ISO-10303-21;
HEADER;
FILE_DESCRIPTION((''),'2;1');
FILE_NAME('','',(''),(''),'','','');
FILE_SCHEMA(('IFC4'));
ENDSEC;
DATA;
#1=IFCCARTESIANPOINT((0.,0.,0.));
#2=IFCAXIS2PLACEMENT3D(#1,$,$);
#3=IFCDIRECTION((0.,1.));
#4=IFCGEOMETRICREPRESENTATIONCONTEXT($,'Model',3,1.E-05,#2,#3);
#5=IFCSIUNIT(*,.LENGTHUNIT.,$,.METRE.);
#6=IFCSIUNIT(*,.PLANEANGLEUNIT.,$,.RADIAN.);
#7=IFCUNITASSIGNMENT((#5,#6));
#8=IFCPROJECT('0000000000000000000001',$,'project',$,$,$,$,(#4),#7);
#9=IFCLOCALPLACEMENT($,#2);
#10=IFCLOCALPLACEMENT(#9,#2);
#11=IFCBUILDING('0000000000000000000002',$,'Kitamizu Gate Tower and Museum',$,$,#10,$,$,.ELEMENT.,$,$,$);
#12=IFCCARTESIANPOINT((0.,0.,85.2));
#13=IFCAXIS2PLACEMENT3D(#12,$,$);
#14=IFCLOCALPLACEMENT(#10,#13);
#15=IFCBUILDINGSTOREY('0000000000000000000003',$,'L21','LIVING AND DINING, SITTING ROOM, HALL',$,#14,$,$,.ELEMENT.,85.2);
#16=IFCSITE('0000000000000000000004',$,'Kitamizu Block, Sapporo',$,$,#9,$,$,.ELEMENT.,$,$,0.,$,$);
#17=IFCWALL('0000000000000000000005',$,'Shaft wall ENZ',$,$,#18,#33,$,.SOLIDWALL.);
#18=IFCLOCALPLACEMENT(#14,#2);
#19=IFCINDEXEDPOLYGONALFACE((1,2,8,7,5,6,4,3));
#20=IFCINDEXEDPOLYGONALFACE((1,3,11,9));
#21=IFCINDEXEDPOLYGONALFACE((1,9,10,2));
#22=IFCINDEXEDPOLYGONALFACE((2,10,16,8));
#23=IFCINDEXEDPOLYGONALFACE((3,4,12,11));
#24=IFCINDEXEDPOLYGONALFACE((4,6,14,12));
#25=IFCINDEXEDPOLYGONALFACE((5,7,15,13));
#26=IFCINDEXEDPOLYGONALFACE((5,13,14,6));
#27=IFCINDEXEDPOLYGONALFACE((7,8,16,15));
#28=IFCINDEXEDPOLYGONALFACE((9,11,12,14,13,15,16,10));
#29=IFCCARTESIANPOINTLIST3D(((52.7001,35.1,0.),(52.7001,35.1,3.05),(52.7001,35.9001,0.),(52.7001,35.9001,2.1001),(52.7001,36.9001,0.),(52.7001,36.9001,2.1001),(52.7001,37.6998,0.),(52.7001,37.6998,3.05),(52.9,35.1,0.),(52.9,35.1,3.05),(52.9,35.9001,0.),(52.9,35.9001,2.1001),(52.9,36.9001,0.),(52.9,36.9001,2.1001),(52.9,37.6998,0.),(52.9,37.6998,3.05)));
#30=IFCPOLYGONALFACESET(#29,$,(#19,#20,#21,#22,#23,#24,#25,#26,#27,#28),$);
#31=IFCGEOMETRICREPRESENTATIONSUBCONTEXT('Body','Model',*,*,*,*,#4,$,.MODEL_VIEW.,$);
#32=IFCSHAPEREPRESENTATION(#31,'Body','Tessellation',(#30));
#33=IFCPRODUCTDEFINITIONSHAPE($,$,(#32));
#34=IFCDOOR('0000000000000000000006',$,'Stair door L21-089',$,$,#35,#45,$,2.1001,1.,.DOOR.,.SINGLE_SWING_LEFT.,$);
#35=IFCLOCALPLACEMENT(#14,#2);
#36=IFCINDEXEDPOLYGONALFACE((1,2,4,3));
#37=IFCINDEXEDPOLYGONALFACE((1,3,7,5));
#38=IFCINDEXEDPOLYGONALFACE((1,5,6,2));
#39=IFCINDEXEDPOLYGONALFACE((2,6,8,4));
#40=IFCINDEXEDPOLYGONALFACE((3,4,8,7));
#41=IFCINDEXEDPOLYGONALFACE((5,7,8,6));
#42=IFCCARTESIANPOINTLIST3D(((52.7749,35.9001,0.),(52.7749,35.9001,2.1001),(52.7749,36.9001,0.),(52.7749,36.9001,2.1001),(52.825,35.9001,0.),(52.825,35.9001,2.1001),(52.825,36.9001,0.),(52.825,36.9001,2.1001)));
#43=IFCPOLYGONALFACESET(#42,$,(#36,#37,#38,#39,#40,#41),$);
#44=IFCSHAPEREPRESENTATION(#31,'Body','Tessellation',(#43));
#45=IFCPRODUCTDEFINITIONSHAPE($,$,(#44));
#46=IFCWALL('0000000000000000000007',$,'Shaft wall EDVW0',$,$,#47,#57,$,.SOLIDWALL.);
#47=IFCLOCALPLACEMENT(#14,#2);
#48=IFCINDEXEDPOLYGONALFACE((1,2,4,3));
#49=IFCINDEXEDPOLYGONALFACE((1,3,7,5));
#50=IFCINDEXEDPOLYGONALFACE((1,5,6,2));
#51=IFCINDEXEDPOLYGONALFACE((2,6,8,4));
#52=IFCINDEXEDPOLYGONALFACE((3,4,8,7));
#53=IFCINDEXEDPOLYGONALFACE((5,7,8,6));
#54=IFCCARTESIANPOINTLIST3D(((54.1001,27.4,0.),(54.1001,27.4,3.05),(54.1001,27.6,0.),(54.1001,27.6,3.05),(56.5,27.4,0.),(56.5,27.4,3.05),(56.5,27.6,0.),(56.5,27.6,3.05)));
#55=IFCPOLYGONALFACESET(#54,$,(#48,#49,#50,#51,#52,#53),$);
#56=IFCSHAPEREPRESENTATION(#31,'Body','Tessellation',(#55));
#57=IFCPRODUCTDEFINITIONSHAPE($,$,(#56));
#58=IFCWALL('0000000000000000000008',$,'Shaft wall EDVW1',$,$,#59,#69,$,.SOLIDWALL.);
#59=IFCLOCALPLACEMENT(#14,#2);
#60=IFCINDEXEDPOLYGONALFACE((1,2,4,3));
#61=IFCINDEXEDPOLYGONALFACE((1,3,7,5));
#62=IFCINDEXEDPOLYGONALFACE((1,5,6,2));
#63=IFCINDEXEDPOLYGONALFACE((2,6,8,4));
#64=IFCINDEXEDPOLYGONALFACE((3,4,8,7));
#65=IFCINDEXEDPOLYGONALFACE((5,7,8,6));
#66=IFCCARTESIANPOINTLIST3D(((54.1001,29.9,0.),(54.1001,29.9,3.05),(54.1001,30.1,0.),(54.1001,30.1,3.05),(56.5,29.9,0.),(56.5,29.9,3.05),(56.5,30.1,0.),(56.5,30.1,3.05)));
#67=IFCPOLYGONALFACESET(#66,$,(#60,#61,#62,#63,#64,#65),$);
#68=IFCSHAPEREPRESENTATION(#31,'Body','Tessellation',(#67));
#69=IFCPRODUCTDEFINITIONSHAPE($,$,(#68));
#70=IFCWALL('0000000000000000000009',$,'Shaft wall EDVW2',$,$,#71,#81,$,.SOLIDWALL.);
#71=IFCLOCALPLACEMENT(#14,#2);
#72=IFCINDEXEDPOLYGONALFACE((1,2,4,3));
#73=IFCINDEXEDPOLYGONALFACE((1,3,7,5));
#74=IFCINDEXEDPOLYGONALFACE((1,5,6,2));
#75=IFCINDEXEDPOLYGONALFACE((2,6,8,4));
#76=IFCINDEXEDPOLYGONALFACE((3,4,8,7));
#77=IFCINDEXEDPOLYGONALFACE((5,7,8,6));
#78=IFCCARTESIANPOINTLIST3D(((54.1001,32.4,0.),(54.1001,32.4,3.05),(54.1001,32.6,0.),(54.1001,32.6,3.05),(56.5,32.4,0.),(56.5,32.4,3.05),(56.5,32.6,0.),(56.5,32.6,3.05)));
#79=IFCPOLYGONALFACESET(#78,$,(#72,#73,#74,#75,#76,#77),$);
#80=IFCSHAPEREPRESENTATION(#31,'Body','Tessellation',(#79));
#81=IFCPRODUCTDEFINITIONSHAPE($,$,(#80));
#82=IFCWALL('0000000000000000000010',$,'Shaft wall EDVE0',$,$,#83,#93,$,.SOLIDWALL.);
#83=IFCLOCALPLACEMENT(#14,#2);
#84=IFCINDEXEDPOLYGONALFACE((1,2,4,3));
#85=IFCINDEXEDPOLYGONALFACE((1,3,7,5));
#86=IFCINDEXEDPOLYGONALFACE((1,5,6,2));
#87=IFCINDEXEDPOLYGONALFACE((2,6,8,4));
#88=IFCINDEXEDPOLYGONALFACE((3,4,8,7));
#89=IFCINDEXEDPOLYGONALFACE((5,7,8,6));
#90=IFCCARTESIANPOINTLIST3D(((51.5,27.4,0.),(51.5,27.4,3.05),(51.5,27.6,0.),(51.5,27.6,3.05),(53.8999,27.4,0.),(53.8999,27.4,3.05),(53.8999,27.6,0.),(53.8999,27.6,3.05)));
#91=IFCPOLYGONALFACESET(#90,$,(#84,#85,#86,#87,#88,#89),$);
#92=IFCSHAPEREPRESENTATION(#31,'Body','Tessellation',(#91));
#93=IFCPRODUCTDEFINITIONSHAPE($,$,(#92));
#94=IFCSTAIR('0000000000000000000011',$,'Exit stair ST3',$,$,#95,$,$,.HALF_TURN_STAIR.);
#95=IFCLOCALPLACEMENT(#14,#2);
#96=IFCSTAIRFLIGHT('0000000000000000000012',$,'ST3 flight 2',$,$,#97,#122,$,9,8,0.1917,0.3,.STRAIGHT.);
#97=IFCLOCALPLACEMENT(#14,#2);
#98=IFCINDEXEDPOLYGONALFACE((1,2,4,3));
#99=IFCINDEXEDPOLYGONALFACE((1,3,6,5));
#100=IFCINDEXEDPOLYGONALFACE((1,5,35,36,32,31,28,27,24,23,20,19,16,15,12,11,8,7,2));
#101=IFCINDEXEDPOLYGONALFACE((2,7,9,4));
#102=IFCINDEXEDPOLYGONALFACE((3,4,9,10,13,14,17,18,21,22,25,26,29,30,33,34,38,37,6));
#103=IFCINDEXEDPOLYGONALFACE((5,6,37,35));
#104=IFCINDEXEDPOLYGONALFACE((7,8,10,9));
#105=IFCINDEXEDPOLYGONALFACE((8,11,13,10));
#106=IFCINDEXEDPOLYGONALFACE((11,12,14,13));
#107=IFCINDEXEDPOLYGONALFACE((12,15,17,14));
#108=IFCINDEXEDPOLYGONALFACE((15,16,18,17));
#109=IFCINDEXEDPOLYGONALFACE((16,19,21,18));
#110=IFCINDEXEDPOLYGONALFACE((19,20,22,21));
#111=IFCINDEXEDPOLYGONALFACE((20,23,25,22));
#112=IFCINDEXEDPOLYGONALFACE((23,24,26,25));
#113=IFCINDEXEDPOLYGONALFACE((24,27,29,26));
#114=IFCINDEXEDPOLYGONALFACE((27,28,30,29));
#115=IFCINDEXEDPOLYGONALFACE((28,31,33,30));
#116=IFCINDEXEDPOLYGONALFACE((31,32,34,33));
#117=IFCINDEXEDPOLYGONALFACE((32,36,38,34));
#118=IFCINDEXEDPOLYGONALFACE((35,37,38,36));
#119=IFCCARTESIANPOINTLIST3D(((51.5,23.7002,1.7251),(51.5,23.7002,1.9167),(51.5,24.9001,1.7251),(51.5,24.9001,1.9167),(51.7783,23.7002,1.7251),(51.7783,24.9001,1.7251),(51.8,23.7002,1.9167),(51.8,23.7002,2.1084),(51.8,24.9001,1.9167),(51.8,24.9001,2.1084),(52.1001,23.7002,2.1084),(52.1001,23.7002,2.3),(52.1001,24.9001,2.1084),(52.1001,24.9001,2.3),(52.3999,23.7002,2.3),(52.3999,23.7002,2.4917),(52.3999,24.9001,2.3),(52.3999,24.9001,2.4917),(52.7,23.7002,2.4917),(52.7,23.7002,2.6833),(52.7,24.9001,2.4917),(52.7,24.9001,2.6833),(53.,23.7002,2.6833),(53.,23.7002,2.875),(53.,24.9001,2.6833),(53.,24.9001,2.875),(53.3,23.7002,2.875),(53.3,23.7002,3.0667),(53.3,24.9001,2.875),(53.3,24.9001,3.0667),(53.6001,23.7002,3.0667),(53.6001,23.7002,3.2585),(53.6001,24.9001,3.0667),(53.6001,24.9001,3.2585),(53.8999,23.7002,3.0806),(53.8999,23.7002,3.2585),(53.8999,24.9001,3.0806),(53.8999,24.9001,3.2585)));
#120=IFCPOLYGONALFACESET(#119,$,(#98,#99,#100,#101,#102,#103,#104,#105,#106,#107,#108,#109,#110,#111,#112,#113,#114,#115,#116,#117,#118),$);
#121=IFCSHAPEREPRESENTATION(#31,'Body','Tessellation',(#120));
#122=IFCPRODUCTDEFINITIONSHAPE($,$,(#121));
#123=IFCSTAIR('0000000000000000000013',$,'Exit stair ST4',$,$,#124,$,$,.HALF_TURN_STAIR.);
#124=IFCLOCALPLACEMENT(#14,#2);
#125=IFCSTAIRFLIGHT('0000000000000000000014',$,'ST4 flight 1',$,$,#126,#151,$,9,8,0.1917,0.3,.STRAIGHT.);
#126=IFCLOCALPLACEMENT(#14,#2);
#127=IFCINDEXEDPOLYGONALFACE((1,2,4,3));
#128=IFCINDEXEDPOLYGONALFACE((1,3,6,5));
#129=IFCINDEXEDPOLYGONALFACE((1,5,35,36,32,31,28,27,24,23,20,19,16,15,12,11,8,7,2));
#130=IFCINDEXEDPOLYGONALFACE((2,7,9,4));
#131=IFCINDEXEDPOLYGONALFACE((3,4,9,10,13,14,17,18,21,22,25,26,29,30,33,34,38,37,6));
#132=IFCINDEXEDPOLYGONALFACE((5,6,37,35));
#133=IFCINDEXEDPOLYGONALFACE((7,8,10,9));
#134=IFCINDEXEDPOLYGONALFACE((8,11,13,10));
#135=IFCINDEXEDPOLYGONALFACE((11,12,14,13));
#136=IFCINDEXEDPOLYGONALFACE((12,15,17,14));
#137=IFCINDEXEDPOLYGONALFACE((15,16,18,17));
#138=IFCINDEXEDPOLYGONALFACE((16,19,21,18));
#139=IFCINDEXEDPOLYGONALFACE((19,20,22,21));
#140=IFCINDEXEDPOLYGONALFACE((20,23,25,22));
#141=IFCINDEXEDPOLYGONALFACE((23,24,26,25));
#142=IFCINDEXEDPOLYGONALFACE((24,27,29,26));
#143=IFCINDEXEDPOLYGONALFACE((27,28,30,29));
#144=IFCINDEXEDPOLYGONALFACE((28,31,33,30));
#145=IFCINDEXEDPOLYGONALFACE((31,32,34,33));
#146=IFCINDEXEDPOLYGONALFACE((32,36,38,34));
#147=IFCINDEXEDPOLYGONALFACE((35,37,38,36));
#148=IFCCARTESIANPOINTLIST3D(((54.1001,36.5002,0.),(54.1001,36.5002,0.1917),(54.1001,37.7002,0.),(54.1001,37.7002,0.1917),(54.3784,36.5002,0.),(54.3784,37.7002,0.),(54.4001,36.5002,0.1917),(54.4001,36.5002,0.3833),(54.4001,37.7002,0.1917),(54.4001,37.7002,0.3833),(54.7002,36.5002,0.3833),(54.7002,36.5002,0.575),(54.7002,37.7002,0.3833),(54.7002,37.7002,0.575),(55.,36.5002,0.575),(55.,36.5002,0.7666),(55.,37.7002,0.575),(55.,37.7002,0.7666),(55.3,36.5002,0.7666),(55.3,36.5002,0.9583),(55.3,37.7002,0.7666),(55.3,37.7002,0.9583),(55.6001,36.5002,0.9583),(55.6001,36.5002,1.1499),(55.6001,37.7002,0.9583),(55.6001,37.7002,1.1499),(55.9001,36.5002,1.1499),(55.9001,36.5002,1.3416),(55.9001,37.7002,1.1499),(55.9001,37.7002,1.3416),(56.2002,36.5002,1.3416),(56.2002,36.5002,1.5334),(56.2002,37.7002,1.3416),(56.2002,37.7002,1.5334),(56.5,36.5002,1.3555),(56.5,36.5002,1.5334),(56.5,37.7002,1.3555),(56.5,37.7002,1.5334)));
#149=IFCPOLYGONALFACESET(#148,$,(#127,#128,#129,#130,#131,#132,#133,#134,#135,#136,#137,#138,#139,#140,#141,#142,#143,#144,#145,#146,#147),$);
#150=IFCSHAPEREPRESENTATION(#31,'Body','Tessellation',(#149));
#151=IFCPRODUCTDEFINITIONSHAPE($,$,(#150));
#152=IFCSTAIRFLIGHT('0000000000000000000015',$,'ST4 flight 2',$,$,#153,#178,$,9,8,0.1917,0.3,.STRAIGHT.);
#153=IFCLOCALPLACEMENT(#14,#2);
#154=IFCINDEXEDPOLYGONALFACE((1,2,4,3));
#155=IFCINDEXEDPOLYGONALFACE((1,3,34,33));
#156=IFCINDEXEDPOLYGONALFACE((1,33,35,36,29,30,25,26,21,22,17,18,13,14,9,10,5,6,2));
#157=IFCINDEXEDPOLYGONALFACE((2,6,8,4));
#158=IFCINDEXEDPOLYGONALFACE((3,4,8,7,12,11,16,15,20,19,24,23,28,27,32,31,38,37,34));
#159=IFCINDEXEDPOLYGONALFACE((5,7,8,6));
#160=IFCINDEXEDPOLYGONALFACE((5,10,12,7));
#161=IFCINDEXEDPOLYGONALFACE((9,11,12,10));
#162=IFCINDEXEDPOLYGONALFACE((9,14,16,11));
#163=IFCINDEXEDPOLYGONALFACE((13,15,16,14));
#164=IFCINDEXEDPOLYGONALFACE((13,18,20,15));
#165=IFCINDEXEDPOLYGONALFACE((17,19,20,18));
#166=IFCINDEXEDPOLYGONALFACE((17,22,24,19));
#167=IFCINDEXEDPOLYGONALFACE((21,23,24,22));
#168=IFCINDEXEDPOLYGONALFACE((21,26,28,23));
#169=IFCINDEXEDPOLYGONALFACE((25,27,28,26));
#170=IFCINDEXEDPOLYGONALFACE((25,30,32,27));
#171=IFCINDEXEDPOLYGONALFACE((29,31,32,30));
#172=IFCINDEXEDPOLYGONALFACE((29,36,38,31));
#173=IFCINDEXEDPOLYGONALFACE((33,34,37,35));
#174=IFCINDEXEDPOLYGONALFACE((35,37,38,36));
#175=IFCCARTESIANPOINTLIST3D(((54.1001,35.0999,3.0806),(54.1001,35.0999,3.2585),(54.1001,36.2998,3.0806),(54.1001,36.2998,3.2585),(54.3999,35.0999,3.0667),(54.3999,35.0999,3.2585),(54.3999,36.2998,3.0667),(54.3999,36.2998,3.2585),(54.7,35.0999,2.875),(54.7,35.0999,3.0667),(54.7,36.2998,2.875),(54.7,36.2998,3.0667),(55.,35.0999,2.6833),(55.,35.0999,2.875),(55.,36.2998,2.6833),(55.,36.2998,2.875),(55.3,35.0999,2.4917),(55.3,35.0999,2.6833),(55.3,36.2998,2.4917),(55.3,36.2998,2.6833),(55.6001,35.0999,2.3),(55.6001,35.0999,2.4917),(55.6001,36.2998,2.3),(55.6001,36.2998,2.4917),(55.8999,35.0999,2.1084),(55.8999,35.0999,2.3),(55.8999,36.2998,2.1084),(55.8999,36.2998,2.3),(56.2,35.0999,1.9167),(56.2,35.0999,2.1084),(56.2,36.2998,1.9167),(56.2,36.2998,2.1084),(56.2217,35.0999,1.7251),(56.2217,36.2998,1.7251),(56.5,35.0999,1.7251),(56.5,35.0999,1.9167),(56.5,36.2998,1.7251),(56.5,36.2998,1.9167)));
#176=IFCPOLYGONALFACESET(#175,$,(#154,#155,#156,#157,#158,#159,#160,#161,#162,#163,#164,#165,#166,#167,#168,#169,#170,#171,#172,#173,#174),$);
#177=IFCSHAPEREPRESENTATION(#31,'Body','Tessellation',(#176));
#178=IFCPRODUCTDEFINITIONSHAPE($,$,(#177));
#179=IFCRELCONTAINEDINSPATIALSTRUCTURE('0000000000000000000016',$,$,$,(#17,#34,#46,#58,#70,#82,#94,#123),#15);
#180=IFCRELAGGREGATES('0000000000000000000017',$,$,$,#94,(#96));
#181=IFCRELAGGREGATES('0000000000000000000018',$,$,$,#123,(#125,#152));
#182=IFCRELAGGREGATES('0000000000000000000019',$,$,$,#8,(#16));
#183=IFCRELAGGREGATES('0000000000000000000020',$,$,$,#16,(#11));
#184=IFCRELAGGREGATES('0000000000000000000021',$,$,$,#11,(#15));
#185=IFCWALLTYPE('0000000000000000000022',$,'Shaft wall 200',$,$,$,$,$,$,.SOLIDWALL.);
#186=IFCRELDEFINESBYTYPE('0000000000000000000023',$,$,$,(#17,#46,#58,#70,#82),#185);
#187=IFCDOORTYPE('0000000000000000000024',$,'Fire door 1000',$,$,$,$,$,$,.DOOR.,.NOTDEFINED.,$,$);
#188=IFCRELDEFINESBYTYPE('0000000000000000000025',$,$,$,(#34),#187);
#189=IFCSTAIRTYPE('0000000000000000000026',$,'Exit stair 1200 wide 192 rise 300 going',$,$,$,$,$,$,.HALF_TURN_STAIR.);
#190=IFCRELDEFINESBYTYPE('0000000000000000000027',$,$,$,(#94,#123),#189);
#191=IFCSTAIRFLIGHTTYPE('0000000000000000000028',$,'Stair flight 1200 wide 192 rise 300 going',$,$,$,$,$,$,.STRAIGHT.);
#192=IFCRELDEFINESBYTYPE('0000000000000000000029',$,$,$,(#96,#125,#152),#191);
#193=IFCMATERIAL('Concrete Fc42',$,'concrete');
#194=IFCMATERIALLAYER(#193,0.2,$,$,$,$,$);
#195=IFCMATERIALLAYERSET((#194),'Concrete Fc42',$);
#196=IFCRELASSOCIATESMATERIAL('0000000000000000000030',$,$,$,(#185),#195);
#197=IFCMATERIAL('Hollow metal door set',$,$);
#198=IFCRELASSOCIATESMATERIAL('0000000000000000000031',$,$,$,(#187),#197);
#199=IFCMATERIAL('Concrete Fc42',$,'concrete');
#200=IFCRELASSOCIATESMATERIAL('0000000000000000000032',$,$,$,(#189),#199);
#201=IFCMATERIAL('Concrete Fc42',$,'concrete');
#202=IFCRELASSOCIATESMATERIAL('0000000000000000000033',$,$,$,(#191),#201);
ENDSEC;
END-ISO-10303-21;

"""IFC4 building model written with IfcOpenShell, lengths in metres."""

from ifc_helpers import new_model, si_unit, direction, frame, frame_2d, origin, place, context, subcontext, project, spatial, polyline, rectangle, outline, extrude, material, layer, layer_set, type_object, element, fill, aggregate, save


model = new_model("IFC4")

# Units and contexts
model_context = context("Model", 3, precision=1e-05, world=origin(), true_north=direction((0.0, 1.0)))
body_context = subcontext(model_context, "Body", "Model", "MODEL_VIEW")
ifc_project = project(units=[si_unit("LENGTHUNIT", "METRE"), si_unit("PLANEANGLEUNIT", "RADIAN")], contexts=[model_context])

# Site, building, storey
site_placement = place(None, origin())
site = spatial("IfcSite", under=ifc_project, at=site_placement, Name="Kitamizu Block, Sapporo", CompositionType="ELEMENT", RefElevation=0.0)
building_placement = place(site_placement, origin())
building = spatial("IfcBuilding", under=site, at=building_placement, Name="Kitamizu Gate Tower and Museum", CompositionType="ELEMENT")
storey_placement = place(building_placement, frame((0.0, 0.0, 85.2)))
storey = spatial("IfcBuildingStorey", under=building, at=storey_placement, Name="L21", Description="LIVING AND DINING, SITTING ROOM, HALL", CompositionType="ELEMENT", Elevation=85.2)

# Shared definitions
ifc_material_1 = material(Name="Concrete Fc42", Category="concrete")
ifc_layer_1 = layer(ifc_material_1, 0.2)
ifc_layer_set_1 = layer_set([ifc_layer_1], Name="Concrete Fc42")
wall_type_1 = type_object("IfcWallType", Name="Shaft wall 200", PredefinedType="SOLIDWALL", material=ifc_layer_set_1)
ifc_material_2 = material(Name="Hollow metal door set")
door_type_1 = type_object("IfcDoorType", Name="Fire door 1000", OperationType="NOTDEFINED", PredefinedType="DOOR", material=ifc_material_2)

# Wall, opening, door
wall_1_placement = place(storey_placement, frame((52.8, 35.1001, 0.0), z_axis=(0.0, 0.0, 1.0), x_axis=(0.0, 1.0, 0.0)))
wall_1 = element("IfcWall", 1, at=wall_1_placement, inside=storey, type_object=wall_type_1, Name="Shaft wall ENZ", PredefinedType="SOLIDWALL", context=body_context, shape_type="SweptSolid", body=[
    extrude(rectangle(XDim=2.5999, YDim=0.2, at=frame_2d((1.2998, 0.0))), origin(), (0.0, 0.0, 1.0), 3.05),
])
opening_1_placement = place(wall_1_placement, frame((0.8, 0.0, 0.0)))
opening_1 = element("IfcOpeningElement", 2, at=opening_1_placement, cuts=wall_1, PredefinedType="OPENING", context=body_context, shape_type="SweptSolid", body=[
    extrude(rectangle(XDim=1.0, YDim=2.1001, at=frame_2d((0.5, 1.05))), frame((0.0, 0.1099, 0.0), z_axis=(0.0, -1.0, 0.0), x_axis=(1.0, 0.0, 0.0)), (0.0, 0.0, 1.0), 0.22),
])
door_1_placement = place(opening_1_placement, frame((1.0, 0.0, 0.0), x_axis=(-1.0, 0.0, 0.0)))
door_1 = element("IfcDoor", 3, at=door_1_placement, inside=storey, type_object=door_type_1, Name="Stair door L21-089", OperationType="SINGLE_SWING_LEFT", OverallHeight=2.1001, OverallWidth=1.0, PredefinedType="DOOR", context=body_context, shape_type="SweptSolid", body=[
    extrude(rectangle(XDim=1.0, YDim=2.1001, at=frame_2d((0.5, 1.05))), frame((0.0, 0.0249, 0.0), z_axis=(0.0, -1.0, 0.0), x_axis=(1.0, 0.0, 0.0)), (0.0, 0.0, 1.0), 0.05),
])
fill(opening_1, door_1)

# Walls
for number, where, z_axis, x_axis, name in (
    (4, (56.5, 27.5, 0.0), (0.0, 0.0, 1.0), (-1.0, 0.0, 0.0), "Shaft wall EDVW0"),
    (5, (56.5, 30.0, 0.0), (0.0, 0.0, 1.0), (-1.0, 0.0, 0.0), "Shaft wall EDVW1"),
    (6, (56.5, 32.5, 0.0), (0.0, 0.0, 1.0), (-1.0, 0.0, 0.0), "Shaft wall EDVW2"),
    (7, (53.8999, 27.5, 0.0), (0.0, 0.0, 1.0), (-1.0, 0.0, 0.0), "Shaft wall EDVE0"),
):
    element("IfcWall", number, at=place(storey_placement, frame(where, z_axis=z_axis, x_axis=x_axis)), inside=storey, type_object=wall_type_1, Name=name, PredefinedType="SOLIDWALL", context=body_context, shape_type="SweptSolid", body=[
        extrude(rectangle(XDim=2.3999, YDim=0.2, at=frame_2d((1.2, 0.0))), origin(), (0.0, 0.0, 1.0), 3.05),
    ])

# Stair, stair flight
ifc_material_3 = material(Name="Concrete Fc42", Category="concrete")
stair_type = type_object("IfcStairType", Name="Exit stair 1200 wide 192 rise 300 going", PredefinedType="HALF_TURN_STAIR", material=ifc_material_3)
stair_1_placement = place(storey_placement, origin())
stair_1 = element("IfcStair", 8, at=stair_1_placement, inside=storey, type_object=stair_type, Name="Exit stair ST3", PredefinedType="HALF_TURN_STAIR")
ifc_material_4 = material(Name="Concrete Fc42", Category="concrete")
stair_flight_type = type_object("IfcStairFlightType", Name="Stair flight 1200 wide 192 rise 300 going", PredefinedType="STRAIGHT", material=ifc_material_4)
stair_flight_1_placement = place(storey_placement, frame((51.5, 24.3, 1.7251), z_axis=(0.0, 0.0, 1.0), x_axis=(1.0, 0.0, 0.0)))
stair_flight_1 = element("IfcStairFlight", 9, at=stair_flight_1_placement, type_object=stair_flight_type, Name="ST3 flight 2", NumberOfRisers=9, NumberOfTreads=8, PredefinedType="STRAIGHT", RiserHeight=0.1917, TreadLength=0.3, context=body_context, shape_type="SweptSolid", body=[
    extrude(outline(polyline([(0.0, 0.0), (0.0, 0.1917), (0.3, 0.1917), (0.3, 0.3833), (0.6001, 0.3833), (0.6001, 0.575), (0.8999, 0.575), (0.8999, 0.7666), (1.2, 0.7666), (1.2, 0.9583), (1.5, 0.9583), (1.5, 1.1499), (1.8, 1.1499), (1.8, 1.3416), (2.1001, 1.3416), (2.1001, 1.5334), (2.3999, 1.5334), (2.3999, 1.7251), (2.3999, 1.3555), (0.2783, 0.0), (0.0, 0.0)])), frame((0.0, 0.6001, 0.0), z_axis=(0.0, -1.0, 0.0), x_axis=(1.0, 0.0, 0.0)), (0.0, 0.0, 1.0), 1.2),
])
aggregate(stair_1, [stair_flight_1])

# Stair, stair flights
stair_2_placement = place(storey_placement, origin())
stair_2 = element("IfcStair", 10, at=stair_2_placement, inside=storey, type_object=stair_type, Name="Exit stair ST4", PredefinedType="HALF_TURN_STAIR")
stair_flight_2_placement = place(storey_placement, frame((54.1001, 37.1001, 0.0), z_axis=(0.0, 0.0, 1.0), x_axis=(1.0, 0.0, 0.0)))
stair_flight_2 = element("IfcStairFlight", 11, at=stair_flight_2_placement, type_object=stair_flight_type, Name="ST4 flight 1", NumberOfRisers=9, NumberOfTreads=8, PredefinedType="STRAIGHT", RiserHeight=0.1917, TreadLength=0.3, context=body_context, shape_type="SweptSolid", body=[
    extrude(outline(polyline([(0.0, 0.0), (0.0, 0.1917), (0.3, 0.1917), (0.3, 0.3833), (0.6001, 0.3833), (0.6001, 0.575), (0.8999, 0.575), (0.8999, 0.7666), (1.2, 0.7666), (1.2, 0.9583), (1.5, 0.9583), (1.5, 1.1499), (1.8, 1.1499), (1.8, 1.3416), (2.1001, 1.3416), (2.1001, 1.5334), (2.3999, 1.5334), (2.3999, 1.7251), (2.3999, 1.3555), (0.2783, 0.0), (0.0, 0.0)])), frame((0.0, 0.6001, 0.0), z_axis=(0.0, -1.0, 0.0), x_axis=(1.0, 0.0, 0.0)), (0.0, 0.0, 1.0), 1.2),
])
stair_flight_3_placement = place(storey_placement, frame((56.5, 35.7, 1.7251), z_axis=(0.0, 0.0, 1.0), x_axis=(-1.0, 0.0, 0.0)))
stair_flight_3 = element("IfcStairFlight", 12, at=stair_flight_3_placement, type_object=stair_flight_type, Name="ST4 flight 2", NumberOfRisers=9, NumberOfTreads=8, PredefinedType="STRAIGHT", RiserHeight=0.1917, TreadLength=0.3, context=body_context, shape_type="SweptSolid", body=[
    extrude(outline(polyline([(0.0, 0.0), (0.0, 0.1917), (0.3, 0.1917), (0.3, 0.3833), (0.6001, 0.3833), (0.6001, 0.575), (0.8999, 0.575), (0.8999, 0.7666), (1.2, 0.7666), (1.2, 0.9583), (1.5, 0.9583), (1.5, 1.1499), (1.8, 1.1499), (1.8, 1.3416), (2.1001, 1.3416), (2.1001, 1.5334), (2.3999, 1.5334), (2.3999, 1.7251), (2.3999, 1.3555), (0.2783, 0.0), (0.0, 0.0)])), frame((0.0, 0.6001, 0.0), z_axis=(0.0, -1.0, 0.0), x_axis=(1.0, 0.0, 0.0)), (0.0, 0.0, 1.0), 1.2),
])
aggregate(stair_2, [stair_flight_2, stair_flight_3])

save(model, "model.ifc")
